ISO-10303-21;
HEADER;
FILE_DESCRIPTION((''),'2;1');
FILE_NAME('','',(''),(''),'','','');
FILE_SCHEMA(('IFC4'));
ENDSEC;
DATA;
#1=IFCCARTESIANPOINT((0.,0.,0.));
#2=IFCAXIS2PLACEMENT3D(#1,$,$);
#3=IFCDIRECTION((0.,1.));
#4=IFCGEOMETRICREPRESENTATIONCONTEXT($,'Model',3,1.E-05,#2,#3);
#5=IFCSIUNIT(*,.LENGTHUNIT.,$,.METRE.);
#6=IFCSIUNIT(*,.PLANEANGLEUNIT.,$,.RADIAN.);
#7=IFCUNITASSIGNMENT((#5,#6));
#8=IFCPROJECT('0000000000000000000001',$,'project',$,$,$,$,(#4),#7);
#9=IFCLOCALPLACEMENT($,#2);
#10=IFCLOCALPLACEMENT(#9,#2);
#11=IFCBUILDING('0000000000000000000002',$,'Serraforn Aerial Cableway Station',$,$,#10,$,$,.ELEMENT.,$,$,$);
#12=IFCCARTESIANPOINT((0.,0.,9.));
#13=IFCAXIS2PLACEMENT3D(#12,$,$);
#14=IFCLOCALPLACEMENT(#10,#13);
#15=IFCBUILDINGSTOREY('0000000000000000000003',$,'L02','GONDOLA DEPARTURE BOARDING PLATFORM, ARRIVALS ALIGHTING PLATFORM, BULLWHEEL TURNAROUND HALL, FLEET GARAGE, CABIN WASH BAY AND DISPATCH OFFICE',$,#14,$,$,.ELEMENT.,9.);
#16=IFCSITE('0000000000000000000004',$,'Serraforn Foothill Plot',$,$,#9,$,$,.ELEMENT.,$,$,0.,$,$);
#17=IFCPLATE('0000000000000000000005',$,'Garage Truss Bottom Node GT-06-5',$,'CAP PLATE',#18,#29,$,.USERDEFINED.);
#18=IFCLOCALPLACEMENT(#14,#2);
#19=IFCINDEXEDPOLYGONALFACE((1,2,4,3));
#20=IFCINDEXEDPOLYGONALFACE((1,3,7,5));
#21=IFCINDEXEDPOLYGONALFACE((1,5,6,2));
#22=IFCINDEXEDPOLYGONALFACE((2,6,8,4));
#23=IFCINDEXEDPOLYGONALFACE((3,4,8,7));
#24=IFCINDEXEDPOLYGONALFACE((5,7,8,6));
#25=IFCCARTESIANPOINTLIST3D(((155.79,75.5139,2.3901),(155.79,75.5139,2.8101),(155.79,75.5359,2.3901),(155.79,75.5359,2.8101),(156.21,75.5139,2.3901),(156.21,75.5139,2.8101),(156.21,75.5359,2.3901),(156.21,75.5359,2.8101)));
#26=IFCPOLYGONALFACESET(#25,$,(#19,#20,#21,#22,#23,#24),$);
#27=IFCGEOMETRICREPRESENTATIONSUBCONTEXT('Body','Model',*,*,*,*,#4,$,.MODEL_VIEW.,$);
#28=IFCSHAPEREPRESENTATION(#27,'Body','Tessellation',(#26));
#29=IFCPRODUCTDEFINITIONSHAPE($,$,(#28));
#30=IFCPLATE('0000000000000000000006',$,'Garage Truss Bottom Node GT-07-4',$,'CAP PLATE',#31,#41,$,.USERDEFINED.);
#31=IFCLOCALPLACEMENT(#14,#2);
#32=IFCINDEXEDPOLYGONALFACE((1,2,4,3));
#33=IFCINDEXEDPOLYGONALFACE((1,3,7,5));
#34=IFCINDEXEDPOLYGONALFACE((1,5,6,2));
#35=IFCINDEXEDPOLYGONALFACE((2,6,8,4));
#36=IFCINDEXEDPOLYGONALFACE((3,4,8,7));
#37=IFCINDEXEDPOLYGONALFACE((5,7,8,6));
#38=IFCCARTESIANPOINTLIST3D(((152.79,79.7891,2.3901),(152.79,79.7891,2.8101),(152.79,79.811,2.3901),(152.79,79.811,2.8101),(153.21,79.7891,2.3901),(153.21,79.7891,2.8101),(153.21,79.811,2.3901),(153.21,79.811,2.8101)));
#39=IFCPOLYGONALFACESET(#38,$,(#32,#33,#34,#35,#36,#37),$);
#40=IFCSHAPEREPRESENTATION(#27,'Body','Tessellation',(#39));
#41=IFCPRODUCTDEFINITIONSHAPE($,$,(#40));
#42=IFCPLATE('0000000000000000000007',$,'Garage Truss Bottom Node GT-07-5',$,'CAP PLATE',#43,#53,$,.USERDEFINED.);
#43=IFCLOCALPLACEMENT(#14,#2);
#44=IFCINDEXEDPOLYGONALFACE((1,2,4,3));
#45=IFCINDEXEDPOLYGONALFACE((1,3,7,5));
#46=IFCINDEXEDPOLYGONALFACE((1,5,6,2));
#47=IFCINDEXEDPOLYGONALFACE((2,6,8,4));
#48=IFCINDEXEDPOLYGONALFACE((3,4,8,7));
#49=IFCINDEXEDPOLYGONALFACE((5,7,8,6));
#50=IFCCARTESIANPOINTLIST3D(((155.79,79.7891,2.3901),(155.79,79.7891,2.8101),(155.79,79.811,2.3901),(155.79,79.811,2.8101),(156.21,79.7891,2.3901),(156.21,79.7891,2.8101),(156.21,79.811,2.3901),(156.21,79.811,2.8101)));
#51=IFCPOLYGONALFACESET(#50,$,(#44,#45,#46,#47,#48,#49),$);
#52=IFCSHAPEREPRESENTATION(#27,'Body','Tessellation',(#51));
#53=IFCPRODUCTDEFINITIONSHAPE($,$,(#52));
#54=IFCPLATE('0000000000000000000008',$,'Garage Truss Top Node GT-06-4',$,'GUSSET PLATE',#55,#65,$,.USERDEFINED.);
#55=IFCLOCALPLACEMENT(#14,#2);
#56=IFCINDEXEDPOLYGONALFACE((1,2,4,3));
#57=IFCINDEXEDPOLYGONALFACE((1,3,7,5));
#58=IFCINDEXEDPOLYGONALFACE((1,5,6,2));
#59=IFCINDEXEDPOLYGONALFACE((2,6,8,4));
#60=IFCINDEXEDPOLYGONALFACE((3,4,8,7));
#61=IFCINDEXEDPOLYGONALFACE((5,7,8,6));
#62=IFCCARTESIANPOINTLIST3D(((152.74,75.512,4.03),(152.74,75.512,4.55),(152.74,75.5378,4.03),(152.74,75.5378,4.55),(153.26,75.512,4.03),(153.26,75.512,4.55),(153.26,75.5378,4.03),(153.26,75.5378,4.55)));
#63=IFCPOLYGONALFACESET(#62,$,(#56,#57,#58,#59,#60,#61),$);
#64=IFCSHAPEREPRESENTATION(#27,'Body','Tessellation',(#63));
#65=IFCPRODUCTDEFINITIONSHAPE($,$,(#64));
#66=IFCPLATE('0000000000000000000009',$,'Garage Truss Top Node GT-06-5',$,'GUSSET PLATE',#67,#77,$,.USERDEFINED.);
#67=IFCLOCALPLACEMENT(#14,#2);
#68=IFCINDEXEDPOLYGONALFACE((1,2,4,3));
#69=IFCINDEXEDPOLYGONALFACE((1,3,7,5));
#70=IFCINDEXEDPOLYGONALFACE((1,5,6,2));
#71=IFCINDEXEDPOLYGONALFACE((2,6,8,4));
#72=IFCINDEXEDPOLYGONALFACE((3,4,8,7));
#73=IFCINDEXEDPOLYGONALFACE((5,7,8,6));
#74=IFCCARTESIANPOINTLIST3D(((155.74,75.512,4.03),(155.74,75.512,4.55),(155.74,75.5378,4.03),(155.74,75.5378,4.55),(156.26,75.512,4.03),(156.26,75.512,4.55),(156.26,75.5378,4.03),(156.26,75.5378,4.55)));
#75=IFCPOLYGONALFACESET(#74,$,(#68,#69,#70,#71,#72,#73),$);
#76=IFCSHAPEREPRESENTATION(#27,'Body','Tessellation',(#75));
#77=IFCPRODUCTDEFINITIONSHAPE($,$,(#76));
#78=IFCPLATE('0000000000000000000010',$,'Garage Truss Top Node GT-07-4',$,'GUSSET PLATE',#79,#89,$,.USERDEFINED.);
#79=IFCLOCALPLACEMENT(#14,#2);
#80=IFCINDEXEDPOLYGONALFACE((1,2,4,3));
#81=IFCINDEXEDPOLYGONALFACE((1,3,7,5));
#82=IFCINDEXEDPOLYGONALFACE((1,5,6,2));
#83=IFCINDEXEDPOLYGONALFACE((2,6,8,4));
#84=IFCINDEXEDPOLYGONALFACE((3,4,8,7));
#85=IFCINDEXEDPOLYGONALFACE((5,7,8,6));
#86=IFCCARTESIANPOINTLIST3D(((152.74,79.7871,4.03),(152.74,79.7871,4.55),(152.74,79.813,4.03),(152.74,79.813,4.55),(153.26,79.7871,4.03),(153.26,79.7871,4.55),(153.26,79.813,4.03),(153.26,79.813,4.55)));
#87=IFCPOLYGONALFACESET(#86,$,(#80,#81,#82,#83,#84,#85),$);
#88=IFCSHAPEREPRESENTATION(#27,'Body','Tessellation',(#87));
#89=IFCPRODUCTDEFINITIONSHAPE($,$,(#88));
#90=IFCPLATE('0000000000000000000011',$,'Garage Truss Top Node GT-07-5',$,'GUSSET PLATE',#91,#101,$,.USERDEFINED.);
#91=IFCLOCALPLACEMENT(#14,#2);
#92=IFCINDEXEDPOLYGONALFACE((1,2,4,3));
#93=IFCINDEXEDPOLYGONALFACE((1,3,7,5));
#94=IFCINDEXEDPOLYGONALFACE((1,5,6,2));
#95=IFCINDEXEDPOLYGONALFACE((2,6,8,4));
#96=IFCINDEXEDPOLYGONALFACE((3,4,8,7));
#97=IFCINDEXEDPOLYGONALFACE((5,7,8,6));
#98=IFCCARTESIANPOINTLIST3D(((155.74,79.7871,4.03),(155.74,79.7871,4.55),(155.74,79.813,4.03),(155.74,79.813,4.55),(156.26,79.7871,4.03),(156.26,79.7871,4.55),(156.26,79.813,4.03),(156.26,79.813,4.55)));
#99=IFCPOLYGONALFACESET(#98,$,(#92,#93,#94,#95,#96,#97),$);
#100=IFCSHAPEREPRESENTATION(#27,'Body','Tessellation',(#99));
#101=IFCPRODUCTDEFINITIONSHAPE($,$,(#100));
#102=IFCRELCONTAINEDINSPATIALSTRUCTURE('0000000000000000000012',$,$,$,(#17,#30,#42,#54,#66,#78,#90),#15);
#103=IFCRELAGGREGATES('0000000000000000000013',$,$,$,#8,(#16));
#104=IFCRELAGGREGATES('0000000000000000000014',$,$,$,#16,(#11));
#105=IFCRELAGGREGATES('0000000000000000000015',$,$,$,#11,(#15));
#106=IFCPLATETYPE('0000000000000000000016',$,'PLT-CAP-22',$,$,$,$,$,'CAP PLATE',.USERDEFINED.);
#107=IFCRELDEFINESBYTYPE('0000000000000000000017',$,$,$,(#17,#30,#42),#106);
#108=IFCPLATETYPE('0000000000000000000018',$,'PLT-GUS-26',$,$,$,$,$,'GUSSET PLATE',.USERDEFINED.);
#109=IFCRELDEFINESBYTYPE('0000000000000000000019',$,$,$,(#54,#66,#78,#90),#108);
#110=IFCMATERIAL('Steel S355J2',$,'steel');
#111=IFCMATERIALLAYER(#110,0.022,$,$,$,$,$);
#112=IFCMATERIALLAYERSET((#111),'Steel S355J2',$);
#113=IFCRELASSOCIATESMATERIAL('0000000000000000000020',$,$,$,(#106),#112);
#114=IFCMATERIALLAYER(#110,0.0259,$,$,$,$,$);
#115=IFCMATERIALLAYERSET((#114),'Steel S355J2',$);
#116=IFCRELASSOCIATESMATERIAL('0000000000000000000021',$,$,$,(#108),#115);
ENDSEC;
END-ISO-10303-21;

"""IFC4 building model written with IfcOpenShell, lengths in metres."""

from ifc_helpers import new_model, si_unit, direction, frame, origin, origin_2d, place, context, subcontext, project, spatial, rectangle, extrude, material, layer, layer_set, type_object, element, save


model = new_model("IFC4")

# Units and contexts
model_context = context("Model", 3, precision=1e-05, world=origin(), true_north=direction((0.0, 1.0)))
body_context = subcontext(model_context, "Body", "Model", "MODEL_VIEW")
ifc_project = project(units=[si_unit("LENGTHUNIT", "METRE"), si_unit("PLANEANGLEUNIT", "RADIAN")], contexts=[model_context])

# Site, building, storey
site_placement = place(None, origin())
site = spatial("IfcSite", under=ifc_project, at=site_placement, Name="Serraforn Foothill Plot", CompositionType="ELEMENT", RefElevation=0.0)
building_placement = place(site_placement, origin())
building = spatial("IfcBuilding", under=site, at=building_placement, Name="Serraforn Aerial Cableway Station", CompositionType="ELEMENT")
storey_placement = place(building_placement, frame((0.0, 0.0, 9.0)))
storey = spatial("IfcBuildingStorey", under=building, at=storey_placement, Name="L02", Description="GONDOLA DEPARTURE BOARDING PLATFORM, ARRIVALS ALIGHTING PLATFORM, BULLWHEEL TURNAROUND HALL, FLEET GARAGE, CABIN WASH BAY AND DISPATCH OFFICE", CompositionType="ELEMENT", Elevation=9.0)

# Shared definitions
ifc_material_1 = material(Name="Steel S355J2", Category="steel")

# Plates
ifc_layer_1 = layer(ifc_material_1, 0.022)
ifc_layer_set_1 = layer_set([ifc_layer_1], Name="Steel S355J2")
plate_type_1 = type_object("IfcPlateType", Name="PLT-CAP-22", ElementType="CAP PLATE", PredefinedType="USERDEFINED", material=ifc_layer_set_1)
for number, where, z_axis, x_axis, name in (
    (1, (156.0, 75.5249, 2.3901), (0.0, 0.0, 1.0), (1.0, 0.0, 0.0), "Garage Truss Bottom Node GT-06-5"),
    (2, (153.0, 79.8, 2.3901), (0.0, 0.0, 1.0), (1.0, 0.0, 0.0), "Garage Truss Bottom Node GT-07-4"),
    (3, (156.0, 79.8, 2.3901), (0.0, 0.0, 1.0), (1.0, 0.0, 0.0), "Garage Truss Bottom Node GT-07-5"),
):
    element("IfcPlate", number, at=place(storey_placement, frame(where, z_axis=z_axis, x_axis=x_axis)), inside=storey, type_object=plate_type_1, Name=name, ObjectType="CAP PLATE", PredefinedType="USERDEFINED", context=body_context, shape_type="SweptSolid", body=[
        extrude(rectangle(XDim=0.4199, YDim=0.022, at=origin_2d()), origin(), (0.0, 0.0, 1.0), 0.4199),
    ])
ifc_layer_2 = layer(ifc_material_1, 0.0259)
ifc_layer_set_2 = layer_set([ifc_layer_2], Name="Steel S355J2")
plate_type_2 = type_object("IfcPlateType", Name="PLT-GUS-26", ElementType="GUSSET PLATE", PredefinedType="USERDEFINED", material=ifc_layer_set_2)
for number, where, z_axis, x_axis, name in (
    (4, (153.0, 75.5249, 4.03), (0.0, 0.0, 1.0), (1.0, 0.0, 0.0), "Garage Truss Top Node GT-06-4"),
    (5, (156.0, 75.5249, 4.03), (0.0, 0.0, 1.0), (1.0, 0.0, 0.0), "Garage Truss Top Node GT-06-5"),
    (6, (153.0, 79.8, 4.03), (0.0, 0.0, 1.0), (1.0, 0.0, 0.0), "Garage Truss Top Node GT-07-4"),
    (7, (156.0, 79.8, 4.03), (0.0, 0.0, 1.0), (1.0, 0.0, 0.0), "Garage Truss Top Node GT-07-5"),
):
    element("IfcPlate", number, at=place(storey_placement, frame(where, z_axis=z_axis, x_axis=x_axis)), inside=storey, type_object=plate_type_2, Name=name, ObjectType="GUSSET PLATE", PredefinedType="USERDEFINED", context=body_context, shape_type="SweptSolid", body=[
        extrude(rectangle(XDim=0.52, YDim=0.0259, at=origin_2d()), origin(), (0.0, 0.0, 1.0), 0.52),
    ])

save(model, "model.ifc")
